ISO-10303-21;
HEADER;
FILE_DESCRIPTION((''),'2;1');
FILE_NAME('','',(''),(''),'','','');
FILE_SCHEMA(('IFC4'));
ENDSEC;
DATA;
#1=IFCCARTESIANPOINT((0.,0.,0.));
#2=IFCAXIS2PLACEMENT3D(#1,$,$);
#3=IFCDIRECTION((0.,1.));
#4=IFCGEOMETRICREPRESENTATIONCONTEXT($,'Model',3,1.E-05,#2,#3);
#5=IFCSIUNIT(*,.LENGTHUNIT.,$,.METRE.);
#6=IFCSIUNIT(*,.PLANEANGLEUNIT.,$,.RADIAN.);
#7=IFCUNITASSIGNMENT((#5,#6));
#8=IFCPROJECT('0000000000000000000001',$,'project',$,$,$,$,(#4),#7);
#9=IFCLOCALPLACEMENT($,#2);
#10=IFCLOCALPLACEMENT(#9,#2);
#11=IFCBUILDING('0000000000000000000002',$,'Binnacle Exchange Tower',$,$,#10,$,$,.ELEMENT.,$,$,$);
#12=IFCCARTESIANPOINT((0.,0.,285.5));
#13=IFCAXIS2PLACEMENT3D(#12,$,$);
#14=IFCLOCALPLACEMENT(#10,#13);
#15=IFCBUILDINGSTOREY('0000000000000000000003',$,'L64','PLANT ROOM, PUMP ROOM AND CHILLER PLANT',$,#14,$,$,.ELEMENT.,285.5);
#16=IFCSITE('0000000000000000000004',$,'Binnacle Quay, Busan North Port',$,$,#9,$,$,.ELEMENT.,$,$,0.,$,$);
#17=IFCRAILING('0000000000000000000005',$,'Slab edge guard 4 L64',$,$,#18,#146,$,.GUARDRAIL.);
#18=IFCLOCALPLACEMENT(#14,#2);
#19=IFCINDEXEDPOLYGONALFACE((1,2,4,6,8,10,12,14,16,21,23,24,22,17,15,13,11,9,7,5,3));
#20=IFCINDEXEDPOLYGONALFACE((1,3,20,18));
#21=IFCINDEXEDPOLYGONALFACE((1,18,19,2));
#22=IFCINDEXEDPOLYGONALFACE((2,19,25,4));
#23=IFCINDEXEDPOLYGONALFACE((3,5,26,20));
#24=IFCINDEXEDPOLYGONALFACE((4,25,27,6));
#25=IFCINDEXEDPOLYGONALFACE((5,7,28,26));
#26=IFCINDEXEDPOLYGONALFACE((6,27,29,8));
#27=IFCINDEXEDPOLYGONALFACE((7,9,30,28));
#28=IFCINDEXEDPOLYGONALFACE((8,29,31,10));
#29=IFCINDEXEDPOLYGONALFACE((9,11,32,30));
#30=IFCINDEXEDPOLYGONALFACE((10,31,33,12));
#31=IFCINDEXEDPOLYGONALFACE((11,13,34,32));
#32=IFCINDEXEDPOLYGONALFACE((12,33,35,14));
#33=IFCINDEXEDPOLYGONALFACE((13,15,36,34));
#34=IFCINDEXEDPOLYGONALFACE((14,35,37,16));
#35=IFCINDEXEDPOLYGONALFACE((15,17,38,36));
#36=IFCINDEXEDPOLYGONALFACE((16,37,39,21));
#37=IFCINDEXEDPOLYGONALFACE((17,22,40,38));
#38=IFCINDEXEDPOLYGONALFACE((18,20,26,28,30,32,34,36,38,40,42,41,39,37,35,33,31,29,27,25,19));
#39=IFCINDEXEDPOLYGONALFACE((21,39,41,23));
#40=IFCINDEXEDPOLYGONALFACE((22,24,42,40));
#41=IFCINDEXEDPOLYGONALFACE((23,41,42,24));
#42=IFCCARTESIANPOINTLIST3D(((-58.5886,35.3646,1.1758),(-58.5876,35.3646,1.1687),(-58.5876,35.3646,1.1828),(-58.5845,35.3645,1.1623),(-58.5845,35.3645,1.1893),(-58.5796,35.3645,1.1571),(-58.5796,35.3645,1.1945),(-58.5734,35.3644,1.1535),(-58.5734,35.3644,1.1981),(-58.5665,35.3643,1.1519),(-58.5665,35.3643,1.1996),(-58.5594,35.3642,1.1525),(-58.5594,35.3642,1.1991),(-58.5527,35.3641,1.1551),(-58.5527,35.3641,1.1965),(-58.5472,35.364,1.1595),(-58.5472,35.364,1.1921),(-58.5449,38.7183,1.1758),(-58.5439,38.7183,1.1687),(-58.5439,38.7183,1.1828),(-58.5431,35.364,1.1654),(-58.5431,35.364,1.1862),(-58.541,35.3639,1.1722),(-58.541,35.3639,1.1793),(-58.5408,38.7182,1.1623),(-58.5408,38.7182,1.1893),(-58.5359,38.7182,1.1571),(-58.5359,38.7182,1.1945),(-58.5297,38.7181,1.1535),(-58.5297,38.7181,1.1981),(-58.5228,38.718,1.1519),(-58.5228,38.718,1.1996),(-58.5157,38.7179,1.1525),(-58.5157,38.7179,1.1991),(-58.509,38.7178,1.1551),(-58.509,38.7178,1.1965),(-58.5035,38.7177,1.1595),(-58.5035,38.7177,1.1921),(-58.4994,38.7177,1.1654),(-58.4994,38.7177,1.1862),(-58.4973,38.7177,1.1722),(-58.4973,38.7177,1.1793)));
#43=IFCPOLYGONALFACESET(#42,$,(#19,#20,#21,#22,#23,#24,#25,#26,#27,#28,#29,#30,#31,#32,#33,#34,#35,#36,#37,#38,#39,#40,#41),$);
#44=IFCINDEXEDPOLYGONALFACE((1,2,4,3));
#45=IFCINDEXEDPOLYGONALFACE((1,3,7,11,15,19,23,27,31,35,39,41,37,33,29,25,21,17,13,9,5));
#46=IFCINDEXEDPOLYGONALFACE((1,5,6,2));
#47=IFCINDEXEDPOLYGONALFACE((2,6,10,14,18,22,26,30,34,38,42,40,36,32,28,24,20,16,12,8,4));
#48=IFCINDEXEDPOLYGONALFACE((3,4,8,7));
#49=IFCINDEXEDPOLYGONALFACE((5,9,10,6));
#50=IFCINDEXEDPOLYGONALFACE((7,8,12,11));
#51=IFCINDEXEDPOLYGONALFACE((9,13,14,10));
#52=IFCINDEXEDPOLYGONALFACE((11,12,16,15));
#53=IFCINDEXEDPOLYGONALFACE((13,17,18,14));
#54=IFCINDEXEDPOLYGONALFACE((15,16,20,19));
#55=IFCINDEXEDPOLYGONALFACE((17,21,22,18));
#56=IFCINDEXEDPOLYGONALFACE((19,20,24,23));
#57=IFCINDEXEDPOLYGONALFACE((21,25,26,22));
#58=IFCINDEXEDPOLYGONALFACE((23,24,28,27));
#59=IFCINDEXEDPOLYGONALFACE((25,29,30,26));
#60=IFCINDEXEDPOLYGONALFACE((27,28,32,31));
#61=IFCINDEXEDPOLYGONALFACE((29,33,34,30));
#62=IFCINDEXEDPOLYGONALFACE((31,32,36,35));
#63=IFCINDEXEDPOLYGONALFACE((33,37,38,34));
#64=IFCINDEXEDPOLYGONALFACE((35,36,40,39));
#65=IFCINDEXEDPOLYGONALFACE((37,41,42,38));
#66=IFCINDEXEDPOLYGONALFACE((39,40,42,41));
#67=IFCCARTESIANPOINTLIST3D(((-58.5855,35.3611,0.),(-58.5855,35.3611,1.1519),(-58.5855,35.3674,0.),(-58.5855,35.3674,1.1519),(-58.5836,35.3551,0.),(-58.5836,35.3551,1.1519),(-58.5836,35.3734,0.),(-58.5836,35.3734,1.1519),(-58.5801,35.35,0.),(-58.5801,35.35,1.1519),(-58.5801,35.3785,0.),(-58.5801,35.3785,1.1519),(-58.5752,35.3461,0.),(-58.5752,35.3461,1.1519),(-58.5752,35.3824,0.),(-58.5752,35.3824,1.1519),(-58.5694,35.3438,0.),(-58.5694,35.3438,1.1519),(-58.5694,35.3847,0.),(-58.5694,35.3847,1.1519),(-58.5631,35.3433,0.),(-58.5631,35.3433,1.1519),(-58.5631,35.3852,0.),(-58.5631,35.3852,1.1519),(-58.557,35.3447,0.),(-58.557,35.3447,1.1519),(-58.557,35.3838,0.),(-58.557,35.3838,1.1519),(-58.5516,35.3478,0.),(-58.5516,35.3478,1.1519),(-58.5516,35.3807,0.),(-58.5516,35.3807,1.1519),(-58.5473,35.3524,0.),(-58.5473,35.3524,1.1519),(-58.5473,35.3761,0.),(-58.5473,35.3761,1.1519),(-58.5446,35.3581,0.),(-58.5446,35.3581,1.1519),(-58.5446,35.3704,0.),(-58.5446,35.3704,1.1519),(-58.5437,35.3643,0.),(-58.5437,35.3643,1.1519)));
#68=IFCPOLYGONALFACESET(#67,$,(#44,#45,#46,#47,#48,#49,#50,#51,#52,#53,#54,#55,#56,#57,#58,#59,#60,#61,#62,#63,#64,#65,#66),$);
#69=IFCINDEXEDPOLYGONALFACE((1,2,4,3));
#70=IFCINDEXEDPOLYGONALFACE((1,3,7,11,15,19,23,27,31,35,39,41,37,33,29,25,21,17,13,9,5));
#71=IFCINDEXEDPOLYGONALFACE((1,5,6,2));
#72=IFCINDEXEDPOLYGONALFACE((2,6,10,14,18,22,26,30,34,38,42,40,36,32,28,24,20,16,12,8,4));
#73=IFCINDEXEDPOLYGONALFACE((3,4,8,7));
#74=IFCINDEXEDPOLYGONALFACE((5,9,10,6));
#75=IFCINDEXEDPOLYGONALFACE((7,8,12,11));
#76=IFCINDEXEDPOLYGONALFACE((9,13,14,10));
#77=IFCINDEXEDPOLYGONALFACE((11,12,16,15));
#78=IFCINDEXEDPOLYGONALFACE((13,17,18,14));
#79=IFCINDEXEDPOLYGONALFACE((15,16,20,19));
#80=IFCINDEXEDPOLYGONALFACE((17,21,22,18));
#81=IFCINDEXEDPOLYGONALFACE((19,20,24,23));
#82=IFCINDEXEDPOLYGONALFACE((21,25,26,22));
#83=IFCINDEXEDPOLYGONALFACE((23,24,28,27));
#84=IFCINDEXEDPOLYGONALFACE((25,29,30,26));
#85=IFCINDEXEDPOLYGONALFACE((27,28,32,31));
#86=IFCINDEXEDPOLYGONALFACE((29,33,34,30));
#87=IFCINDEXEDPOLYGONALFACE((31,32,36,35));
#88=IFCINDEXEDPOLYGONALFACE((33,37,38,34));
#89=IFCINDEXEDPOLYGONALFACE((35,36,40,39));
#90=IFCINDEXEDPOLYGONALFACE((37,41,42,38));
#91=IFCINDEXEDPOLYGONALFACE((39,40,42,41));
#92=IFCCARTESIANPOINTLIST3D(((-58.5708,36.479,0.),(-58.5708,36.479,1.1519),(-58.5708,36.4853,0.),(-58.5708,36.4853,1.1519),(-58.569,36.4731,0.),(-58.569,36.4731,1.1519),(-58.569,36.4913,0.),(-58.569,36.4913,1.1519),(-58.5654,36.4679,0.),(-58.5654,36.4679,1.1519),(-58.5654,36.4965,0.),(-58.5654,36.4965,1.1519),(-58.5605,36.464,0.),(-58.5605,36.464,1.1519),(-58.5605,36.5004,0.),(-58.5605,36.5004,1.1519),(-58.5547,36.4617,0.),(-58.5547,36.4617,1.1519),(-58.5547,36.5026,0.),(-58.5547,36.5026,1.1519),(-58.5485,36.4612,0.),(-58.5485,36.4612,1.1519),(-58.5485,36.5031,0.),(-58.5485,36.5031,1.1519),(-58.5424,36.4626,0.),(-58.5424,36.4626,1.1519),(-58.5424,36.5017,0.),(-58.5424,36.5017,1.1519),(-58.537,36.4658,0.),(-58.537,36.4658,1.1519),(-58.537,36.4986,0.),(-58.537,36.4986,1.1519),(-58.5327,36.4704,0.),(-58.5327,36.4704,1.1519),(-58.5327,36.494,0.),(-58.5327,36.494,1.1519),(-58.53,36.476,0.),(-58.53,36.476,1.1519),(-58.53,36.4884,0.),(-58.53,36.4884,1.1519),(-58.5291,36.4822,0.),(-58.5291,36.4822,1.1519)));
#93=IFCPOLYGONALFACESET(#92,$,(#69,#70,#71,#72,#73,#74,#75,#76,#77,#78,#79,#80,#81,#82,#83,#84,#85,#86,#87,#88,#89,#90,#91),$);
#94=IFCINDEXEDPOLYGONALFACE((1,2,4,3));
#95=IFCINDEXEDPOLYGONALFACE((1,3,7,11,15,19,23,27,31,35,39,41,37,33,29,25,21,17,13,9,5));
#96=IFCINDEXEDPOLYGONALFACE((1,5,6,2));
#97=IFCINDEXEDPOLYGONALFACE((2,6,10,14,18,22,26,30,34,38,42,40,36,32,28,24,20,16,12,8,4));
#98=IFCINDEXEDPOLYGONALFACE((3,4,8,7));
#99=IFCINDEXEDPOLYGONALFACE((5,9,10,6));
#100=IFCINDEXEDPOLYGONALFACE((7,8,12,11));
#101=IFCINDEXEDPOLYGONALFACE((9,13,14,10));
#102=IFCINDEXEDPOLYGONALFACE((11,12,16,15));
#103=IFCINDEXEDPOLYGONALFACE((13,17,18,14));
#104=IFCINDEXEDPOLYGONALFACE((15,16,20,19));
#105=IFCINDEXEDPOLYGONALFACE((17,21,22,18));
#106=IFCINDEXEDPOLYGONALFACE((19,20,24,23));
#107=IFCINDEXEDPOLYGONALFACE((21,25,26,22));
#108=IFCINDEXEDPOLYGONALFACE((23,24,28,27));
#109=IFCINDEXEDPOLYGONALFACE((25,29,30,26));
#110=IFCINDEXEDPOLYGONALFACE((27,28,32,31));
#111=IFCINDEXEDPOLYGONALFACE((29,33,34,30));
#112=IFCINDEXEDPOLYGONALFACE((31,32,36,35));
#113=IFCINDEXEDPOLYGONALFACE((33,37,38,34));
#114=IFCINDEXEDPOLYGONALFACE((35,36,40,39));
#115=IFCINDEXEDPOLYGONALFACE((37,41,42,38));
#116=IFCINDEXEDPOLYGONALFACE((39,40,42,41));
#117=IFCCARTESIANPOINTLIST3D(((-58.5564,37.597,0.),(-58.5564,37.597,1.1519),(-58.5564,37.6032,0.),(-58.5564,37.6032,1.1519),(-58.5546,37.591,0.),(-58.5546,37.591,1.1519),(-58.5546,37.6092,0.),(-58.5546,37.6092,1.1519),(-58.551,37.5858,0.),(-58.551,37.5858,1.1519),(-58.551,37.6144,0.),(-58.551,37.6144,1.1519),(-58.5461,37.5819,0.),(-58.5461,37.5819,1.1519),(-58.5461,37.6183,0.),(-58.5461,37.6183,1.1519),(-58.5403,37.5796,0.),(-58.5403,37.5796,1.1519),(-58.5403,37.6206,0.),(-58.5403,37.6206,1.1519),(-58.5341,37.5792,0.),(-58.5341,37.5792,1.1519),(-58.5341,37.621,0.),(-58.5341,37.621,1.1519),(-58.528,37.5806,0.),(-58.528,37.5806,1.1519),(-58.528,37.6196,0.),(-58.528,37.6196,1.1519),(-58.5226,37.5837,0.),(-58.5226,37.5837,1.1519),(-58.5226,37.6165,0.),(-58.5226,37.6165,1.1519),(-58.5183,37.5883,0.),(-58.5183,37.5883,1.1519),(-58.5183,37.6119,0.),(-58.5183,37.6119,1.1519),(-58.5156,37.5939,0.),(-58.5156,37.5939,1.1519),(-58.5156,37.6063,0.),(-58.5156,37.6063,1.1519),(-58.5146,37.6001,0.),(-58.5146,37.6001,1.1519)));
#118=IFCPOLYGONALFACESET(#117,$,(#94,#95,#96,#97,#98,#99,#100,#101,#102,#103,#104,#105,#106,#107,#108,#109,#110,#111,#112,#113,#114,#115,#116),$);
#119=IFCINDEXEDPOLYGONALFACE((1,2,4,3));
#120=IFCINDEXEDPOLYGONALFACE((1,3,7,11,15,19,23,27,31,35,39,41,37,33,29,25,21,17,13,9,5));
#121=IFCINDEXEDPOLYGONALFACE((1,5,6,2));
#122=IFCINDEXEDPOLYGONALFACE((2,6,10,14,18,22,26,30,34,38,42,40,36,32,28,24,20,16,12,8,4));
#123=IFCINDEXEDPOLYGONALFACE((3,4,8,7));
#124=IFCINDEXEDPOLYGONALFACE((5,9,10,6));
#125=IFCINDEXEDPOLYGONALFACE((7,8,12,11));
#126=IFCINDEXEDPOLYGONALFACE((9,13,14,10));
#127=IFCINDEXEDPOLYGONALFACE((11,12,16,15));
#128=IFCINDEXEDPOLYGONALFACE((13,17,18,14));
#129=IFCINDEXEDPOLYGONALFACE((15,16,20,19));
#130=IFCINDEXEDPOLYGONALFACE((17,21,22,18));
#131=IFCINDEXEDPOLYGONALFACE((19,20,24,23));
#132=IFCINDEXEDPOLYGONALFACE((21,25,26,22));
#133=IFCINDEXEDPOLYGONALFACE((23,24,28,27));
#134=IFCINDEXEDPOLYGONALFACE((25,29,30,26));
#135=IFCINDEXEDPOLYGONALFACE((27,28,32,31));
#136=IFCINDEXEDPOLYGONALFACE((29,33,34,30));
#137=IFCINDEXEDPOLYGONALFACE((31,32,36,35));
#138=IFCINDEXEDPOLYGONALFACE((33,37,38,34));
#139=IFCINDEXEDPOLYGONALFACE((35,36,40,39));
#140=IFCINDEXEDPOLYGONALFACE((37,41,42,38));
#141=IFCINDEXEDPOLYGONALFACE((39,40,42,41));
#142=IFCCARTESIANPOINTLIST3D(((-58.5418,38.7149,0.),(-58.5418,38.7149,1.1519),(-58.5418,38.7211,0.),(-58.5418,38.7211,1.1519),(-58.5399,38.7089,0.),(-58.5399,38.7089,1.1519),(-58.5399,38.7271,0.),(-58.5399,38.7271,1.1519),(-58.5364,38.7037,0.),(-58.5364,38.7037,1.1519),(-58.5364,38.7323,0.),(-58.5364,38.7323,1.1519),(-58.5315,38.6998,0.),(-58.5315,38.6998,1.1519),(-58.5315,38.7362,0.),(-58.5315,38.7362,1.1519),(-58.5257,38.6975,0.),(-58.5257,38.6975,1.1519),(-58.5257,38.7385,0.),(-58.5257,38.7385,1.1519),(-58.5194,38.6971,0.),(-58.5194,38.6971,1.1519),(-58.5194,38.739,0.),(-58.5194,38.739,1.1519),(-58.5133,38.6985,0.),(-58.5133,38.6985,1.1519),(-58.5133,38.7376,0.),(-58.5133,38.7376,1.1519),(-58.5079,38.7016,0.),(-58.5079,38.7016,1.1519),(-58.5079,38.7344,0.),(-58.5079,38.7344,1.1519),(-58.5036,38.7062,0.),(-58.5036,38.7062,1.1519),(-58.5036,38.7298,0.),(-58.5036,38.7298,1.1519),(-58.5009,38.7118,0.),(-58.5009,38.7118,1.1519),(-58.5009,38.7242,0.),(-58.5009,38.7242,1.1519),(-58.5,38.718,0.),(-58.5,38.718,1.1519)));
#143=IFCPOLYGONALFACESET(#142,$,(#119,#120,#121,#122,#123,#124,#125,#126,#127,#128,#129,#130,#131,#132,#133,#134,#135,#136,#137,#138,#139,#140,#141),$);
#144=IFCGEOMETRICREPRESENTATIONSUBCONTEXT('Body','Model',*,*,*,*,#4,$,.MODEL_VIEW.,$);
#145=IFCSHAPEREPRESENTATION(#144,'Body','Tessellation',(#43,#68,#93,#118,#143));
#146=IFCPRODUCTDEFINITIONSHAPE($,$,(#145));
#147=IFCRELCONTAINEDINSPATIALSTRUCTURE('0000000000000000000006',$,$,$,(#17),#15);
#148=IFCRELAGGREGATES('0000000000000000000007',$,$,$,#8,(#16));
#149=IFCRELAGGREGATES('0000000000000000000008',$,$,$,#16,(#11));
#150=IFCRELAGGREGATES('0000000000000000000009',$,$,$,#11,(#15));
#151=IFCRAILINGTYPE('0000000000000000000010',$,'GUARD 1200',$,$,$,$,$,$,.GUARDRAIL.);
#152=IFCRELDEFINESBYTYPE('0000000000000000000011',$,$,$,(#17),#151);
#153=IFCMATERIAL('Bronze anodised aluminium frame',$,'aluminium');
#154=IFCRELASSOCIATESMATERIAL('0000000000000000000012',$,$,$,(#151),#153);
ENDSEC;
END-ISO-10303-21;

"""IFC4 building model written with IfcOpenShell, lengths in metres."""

from ifc_helpers import new_model, si_unit, direction, frame, origin, origin_2d, place, context, subcontext, project, spatial, circle, extrude, material, type_object, element, save


model = new_model("IFC4")

# Units and contexts
model_context = context("Model", 3, precision=1e-05, world=origin(), true_north=direction((0.0, 1.0)))
body_context = subcontext(model_context, "Body", "Model", "MODEL_VIEW")
ifc_project = project(units=[si_unit("LENGTHUNIT", "METRE"), si_unit("PLANEANGLEUNIT", "RADIAN")], contexts=[model_context])

# Site, building, storey
site_placement = place(None, origin())
site = spatial("IfcSite", under=ifc_project, at=site_placement, Name="Binnacle Quay, Busan North Port", CompositionType="ELEMENT", RefElevation=0.0)
building_placement = place(site_placement, origin())
building = spatial("IfcBuilding", under=site, at=building_placement, Name="Binnacle Exchange Tower", CompositionType="ELEMENT")
storey_placement = place(building_placement, frame((0.0, 0.0, 285.5)))
storey = spatial("IfcBuildingStorey", under=building, at=storey_placement, Name="L64", Description="PLANT ROOM, PUMP ROOM AND CHILLER PLANT", CompositionType="ELEMENT", Elevation=285.5)

# Railing
ifc_material_1 = material(Name="Bronze anodised aluminium frame", Category="aluminium")
railing_type = type_object("IfcRailingType", Name="GUARD 1200", PredefinedType="GUARDRAIL", material=ifc_material_1)
railing_1_placement = place(storey_placement, frame((-58.5647, 35.3643, 0.0)))
element("IfcRailing", 1, at=railing_1_placement, inside=storey, type_object=railing_type, Name="Slab edge guard 4 L64", PredefinedType="GUARDRAIL", context=body_context, shape_type="SweptSolid", body=[
    extrude(circle(Radius=0.0239, at=origin_2d()), frame((0.0, 0.0, 1.1758), z_axis=(0.013029, 0.999915, 0.0), x_axis=(-0.999915, 0.013029, 0.0)), (0.0, 0.0, 1.0), 3.354),
    extrude(circle(Radius=0.021, at=origin_2d()), origin(), (0.0, 0.0, 1.0), 1.1519),
    extrude(circle(Radius=0.021, at=origin_2d()), frame((0.0146, 1.1179, 0.0)), (0.0, 0.0, 1.0), 1.1519),
    extrude(circle(Radius=0.021, at=origin_2d()), frame((0.0291, 2.2358, 0.0)), (0.0, 0.0, 1.0), 1.1519),
    extrude(circle(Radius=0.021, at=origin_2d()), frame((0.0437, 3.3538, 0.0)), (0.0, 0.0, 1.0), 1.1519),
])

save(model, "model.ifc")
